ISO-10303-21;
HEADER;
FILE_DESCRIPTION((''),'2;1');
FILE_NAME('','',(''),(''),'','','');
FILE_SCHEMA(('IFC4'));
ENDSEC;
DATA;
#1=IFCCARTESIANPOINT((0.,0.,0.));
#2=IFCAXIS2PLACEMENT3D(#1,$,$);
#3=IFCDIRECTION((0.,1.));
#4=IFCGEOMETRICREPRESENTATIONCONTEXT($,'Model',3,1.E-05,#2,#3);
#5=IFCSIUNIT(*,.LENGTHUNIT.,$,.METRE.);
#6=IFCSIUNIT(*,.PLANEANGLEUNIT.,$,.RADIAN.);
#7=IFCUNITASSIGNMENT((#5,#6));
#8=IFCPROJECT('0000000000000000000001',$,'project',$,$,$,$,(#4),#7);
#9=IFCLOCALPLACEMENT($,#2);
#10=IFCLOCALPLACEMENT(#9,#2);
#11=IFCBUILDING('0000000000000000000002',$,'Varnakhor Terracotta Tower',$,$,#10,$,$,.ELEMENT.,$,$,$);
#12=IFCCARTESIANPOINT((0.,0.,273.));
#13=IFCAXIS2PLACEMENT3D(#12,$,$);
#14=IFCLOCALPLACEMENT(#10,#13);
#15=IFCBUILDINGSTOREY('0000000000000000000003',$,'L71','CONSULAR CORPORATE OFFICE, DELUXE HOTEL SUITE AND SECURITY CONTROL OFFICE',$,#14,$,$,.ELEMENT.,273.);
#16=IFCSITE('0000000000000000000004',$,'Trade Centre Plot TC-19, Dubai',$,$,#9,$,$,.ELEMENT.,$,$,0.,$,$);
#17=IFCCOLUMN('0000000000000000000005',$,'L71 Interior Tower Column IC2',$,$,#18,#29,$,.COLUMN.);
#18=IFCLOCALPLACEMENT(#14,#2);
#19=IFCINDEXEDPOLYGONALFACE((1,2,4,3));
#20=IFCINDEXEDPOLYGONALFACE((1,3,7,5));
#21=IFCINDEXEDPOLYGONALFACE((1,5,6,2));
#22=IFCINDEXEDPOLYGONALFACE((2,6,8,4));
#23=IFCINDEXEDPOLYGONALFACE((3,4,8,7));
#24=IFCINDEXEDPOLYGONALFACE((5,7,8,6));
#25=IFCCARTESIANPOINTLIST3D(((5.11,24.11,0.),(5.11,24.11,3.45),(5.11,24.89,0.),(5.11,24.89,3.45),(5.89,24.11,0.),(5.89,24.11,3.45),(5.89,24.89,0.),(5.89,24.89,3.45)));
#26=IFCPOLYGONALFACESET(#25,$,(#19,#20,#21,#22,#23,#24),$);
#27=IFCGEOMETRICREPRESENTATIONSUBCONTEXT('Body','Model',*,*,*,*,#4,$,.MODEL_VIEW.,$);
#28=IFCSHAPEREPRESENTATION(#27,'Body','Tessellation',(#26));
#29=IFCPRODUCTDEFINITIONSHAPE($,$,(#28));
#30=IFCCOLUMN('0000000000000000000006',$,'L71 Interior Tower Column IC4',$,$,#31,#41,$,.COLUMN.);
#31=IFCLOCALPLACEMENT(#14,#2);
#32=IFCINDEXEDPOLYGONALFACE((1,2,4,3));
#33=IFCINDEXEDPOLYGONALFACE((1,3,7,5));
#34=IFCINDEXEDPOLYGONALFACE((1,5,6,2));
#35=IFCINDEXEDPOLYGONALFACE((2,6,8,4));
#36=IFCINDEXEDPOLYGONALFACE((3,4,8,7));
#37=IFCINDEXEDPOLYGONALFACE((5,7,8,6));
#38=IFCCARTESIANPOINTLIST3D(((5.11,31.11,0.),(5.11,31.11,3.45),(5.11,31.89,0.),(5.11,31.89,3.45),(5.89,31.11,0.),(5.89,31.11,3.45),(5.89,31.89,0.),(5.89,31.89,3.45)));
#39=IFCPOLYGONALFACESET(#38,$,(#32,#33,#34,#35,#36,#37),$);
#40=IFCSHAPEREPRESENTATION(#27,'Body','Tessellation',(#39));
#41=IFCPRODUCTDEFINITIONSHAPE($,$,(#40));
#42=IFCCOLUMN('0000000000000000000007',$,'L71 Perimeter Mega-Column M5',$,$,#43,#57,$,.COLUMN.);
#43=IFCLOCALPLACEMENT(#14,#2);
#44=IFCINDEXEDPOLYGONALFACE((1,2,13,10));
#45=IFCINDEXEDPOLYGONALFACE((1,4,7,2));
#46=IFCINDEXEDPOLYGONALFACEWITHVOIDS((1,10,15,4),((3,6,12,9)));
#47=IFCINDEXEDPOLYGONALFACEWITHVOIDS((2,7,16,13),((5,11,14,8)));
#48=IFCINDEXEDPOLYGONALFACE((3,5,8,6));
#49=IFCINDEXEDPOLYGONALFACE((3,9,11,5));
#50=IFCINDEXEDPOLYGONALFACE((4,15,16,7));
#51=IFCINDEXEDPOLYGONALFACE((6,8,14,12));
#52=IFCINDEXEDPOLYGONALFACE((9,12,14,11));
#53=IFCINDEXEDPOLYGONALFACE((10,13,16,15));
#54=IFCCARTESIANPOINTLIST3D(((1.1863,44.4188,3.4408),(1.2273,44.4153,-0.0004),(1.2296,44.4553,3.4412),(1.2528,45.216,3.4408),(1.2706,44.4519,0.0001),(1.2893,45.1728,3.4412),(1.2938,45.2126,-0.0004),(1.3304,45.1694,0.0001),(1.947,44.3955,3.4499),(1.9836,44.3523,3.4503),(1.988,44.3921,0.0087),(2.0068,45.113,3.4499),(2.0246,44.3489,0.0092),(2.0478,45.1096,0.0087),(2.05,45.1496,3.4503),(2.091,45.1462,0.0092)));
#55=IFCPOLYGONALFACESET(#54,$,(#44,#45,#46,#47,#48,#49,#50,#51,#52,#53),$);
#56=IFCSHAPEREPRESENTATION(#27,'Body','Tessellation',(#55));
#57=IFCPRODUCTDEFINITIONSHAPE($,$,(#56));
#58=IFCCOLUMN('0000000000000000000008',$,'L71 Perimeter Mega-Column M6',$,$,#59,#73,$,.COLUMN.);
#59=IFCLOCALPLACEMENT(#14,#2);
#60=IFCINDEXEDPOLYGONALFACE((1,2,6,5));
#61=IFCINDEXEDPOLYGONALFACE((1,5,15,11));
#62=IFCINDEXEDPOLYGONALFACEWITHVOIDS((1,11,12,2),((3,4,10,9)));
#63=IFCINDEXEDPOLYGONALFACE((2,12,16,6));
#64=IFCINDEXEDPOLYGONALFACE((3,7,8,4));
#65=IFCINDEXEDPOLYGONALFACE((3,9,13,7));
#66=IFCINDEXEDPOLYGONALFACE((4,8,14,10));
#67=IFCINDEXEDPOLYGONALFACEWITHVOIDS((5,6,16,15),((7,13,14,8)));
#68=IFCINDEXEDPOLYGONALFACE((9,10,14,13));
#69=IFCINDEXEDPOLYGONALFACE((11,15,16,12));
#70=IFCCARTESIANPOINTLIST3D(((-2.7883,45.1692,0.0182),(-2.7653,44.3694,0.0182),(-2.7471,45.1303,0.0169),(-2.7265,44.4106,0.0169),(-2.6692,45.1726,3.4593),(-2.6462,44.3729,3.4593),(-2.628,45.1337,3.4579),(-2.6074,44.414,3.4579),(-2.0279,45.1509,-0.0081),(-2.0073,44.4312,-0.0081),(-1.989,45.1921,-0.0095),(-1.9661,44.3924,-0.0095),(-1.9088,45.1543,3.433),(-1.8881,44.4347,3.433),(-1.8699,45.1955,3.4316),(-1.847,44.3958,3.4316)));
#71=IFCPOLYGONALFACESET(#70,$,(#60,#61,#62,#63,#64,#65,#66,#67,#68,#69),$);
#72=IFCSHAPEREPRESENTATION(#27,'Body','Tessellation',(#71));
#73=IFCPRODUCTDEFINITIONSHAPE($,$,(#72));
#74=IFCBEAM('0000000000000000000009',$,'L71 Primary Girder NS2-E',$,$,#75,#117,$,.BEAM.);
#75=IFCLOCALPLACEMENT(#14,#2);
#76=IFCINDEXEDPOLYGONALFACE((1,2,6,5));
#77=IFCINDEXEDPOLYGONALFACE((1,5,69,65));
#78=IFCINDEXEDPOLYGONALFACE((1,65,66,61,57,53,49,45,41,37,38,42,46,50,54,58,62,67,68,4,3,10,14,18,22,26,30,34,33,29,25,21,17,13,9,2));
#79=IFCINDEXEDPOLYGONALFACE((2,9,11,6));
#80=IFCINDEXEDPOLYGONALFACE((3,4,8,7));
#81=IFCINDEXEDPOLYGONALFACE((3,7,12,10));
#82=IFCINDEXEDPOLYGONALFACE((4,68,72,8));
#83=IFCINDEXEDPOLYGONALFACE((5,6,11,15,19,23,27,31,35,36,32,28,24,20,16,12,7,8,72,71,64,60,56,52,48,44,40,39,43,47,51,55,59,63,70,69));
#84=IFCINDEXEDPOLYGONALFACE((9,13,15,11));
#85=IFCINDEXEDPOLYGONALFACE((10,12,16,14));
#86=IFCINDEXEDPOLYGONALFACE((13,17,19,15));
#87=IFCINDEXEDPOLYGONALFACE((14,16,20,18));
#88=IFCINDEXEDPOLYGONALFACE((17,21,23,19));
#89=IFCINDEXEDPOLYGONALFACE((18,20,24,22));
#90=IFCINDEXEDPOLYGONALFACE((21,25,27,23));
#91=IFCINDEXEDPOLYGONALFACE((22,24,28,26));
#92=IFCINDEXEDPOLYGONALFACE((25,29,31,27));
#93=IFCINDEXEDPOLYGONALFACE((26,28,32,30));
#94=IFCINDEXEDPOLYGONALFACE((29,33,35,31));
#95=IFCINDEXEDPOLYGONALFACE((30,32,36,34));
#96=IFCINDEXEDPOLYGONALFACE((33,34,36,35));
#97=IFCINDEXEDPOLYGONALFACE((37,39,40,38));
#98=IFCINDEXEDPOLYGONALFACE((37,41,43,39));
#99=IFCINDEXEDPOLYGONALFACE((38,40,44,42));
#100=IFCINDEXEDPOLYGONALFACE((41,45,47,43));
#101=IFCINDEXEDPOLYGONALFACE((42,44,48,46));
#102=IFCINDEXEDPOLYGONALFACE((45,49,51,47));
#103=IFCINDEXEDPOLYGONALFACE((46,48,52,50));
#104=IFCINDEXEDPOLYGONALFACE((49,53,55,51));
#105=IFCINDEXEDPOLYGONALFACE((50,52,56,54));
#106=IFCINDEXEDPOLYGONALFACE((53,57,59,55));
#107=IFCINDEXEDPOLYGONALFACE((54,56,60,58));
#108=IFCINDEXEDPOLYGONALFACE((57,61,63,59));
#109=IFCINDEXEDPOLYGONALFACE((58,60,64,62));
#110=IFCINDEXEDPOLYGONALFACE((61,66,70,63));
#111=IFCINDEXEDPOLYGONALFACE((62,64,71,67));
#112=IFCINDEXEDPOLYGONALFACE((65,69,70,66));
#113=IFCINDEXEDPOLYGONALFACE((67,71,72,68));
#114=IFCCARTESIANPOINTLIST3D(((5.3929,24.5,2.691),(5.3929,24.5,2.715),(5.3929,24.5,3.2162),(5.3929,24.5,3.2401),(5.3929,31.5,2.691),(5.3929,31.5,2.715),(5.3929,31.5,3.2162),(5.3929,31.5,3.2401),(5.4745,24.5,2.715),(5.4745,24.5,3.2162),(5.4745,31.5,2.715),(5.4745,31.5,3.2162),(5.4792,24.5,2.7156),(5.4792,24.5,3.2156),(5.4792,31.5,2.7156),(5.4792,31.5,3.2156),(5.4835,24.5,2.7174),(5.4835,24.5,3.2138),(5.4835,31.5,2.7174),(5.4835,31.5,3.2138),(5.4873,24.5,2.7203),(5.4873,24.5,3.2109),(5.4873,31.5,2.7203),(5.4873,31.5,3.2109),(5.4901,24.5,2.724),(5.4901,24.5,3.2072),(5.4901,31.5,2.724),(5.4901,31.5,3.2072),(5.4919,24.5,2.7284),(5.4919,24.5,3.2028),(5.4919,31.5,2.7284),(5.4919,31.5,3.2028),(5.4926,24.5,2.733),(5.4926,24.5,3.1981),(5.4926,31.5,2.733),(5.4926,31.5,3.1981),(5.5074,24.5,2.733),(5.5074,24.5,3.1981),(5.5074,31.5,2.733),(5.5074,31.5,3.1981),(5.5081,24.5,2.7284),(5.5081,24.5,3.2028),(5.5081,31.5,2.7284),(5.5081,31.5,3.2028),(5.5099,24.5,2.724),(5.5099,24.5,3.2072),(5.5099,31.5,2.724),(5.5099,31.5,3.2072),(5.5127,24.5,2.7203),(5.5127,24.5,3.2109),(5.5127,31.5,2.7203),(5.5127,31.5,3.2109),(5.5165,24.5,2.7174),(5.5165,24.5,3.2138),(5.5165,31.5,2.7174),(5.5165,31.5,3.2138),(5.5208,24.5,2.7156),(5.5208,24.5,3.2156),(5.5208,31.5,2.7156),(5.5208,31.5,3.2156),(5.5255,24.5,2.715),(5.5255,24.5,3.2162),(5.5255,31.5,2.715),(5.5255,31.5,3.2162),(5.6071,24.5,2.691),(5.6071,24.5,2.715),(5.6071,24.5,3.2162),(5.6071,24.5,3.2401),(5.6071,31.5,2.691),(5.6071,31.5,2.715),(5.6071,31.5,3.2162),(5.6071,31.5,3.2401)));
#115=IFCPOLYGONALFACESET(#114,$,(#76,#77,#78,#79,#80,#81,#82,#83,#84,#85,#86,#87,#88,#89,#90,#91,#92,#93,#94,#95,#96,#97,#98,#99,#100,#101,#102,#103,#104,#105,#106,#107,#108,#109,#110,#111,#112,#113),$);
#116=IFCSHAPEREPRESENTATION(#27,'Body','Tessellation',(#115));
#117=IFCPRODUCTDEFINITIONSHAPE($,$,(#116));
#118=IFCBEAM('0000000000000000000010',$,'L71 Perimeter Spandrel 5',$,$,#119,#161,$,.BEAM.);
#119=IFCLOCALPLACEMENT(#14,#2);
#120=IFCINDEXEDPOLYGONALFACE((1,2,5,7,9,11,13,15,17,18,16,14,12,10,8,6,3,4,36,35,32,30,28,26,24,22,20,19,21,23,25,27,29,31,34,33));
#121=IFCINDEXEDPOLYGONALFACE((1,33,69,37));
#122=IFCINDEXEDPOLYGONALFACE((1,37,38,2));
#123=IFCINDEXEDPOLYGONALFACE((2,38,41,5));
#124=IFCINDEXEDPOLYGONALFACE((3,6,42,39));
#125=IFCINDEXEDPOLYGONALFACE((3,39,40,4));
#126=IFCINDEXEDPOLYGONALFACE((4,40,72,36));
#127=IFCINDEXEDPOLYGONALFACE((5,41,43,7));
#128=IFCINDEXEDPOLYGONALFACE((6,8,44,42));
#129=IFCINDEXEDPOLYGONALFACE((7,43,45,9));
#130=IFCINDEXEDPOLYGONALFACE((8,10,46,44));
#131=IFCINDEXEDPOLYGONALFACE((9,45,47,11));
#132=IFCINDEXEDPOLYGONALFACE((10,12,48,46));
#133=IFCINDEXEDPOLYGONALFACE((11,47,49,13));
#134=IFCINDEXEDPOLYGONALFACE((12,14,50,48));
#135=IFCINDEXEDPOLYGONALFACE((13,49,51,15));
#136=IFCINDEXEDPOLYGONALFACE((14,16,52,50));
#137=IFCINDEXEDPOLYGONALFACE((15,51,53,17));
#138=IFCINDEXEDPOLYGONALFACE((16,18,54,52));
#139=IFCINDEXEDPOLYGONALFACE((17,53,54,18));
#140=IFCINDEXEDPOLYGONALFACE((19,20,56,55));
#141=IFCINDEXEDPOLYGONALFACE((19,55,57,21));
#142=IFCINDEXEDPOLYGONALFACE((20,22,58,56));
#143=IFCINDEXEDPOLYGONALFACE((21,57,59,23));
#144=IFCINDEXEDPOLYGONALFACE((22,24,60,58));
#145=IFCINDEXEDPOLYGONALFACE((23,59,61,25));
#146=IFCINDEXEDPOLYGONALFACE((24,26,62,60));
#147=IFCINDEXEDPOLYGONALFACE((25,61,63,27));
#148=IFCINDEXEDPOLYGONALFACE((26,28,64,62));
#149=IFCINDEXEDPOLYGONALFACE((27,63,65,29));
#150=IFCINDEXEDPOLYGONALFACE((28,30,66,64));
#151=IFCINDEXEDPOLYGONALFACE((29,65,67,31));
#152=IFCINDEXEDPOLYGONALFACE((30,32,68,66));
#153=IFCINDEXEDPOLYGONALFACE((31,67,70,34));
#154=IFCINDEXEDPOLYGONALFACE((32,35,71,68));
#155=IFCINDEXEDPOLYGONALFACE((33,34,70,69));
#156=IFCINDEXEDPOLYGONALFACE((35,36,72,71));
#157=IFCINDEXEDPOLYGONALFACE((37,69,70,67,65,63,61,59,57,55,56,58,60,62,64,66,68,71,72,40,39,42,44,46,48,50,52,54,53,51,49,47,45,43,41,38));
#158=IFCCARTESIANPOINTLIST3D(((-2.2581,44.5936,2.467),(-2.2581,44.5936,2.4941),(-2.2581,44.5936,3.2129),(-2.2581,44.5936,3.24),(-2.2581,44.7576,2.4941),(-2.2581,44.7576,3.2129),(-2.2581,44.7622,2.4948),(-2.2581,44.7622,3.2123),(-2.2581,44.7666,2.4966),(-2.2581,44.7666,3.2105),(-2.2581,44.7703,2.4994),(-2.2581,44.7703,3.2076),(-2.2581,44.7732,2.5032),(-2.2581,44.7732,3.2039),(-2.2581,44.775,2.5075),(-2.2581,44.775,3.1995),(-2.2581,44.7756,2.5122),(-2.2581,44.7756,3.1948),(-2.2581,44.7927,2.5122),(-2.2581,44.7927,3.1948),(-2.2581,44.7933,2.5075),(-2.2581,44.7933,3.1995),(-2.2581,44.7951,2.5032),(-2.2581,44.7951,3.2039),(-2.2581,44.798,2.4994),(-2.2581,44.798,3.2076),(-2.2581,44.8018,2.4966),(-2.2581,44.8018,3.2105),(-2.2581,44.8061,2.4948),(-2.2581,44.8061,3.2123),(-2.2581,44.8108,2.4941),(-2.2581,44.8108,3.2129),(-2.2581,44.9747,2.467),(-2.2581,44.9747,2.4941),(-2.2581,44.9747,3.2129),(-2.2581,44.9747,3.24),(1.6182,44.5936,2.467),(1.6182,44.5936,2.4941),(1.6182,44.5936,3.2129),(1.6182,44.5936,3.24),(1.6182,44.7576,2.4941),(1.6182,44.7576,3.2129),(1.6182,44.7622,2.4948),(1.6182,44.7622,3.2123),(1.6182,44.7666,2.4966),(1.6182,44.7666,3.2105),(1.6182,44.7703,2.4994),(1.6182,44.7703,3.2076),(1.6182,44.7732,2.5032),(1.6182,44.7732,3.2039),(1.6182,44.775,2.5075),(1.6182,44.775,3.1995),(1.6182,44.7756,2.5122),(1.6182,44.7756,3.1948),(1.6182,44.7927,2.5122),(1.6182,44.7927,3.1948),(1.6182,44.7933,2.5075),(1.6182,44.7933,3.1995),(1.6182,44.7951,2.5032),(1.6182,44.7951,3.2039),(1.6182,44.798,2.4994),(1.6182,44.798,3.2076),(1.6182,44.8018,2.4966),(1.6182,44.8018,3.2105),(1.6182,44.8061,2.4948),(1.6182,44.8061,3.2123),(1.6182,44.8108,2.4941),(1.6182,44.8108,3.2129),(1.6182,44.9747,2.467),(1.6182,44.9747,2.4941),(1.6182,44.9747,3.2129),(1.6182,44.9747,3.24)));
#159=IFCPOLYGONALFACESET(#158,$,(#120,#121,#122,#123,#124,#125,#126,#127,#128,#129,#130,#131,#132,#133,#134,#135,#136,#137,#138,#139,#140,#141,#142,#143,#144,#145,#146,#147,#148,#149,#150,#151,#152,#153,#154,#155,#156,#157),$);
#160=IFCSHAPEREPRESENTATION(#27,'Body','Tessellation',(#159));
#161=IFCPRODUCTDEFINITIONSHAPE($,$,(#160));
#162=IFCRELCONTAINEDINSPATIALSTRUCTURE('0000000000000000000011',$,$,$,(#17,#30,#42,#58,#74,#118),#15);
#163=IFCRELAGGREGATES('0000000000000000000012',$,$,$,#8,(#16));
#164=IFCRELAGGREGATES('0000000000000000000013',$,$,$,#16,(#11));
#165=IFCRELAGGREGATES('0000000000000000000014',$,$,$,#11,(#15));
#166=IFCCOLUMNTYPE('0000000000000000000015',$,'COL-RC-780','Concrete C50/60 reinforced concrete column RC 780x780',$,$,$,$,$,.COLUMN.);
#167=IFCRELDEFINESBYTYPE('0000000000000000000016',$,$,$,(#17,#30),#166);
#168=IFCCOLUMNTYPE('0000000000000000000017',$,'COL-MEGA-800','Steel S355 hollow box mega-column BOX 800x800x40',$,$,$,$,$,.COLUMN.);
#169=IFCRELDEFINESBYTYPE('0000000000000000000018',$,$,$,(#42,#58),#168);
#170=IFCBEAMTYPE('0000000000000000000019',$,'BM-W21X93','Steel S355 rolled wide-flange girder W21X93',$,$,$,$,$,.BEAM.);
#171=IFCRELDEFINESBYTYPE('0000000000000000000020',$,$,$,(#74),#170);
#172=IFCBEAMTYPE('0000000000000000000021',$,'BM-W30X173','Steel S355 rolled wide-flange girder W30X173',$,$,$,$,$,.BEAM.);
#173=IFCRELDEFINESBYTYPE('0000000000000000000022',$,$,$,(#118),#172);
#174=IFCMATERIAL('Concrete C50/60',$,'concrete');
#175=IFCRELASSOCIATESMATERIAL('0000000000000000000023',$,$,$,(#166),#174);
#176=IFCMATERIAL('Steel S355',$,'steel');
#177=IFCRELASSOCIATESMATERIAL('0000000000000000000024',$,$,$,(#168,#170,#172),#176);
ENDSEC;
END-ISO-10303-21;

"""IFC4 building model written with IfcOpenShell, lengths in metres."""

from ifc_helpers import new_model, si_unit, direction, frame, origin, origin_2d, place, context, subcontext, project, spatial, rectangle, hollow_rectangle, i_section, extrude, source, transform, mapped, material, material_profile, profile_set, type_object, type_shapes, element, save


model = new_model("IFC4")

# Units and contexts
model_context = context("Model", 3, precision=1e-05, world=origin(), true_north=direction((0.0, 1.0)))
body_context = subcontext(model_context, "Body", "Model", "MODEL_VIEW")
ifc_project = project(units=[si_unit("LENGTHUNIT", "METRE"), si_unit("PLANEANGLEUNIT", "RADIAN")], contexts=[model_context])

# Site, building, storey
site_placement = place(None, origin())
site = spatial("IfcSite", under=ifc_project, at=site_placement, Name="Trade Centre Plot TC-19, Dubai", CompositionType="ELEMENT", RefElevation=0.0)
building_placement = place(site_placement, origin())
building = spatial("IfcBuilding", under=site, at=building_placement, Name="Varnakhor Terracotta Tower", CompositionType="ELEMENT")
storey_placement = place(building_placement, frame((0.0, 0.0, 273.0)))
storey = spatial("IfcBuildingStorey", under=building, at=storey_placement, Name="L71", Description="CONSULAR CORPORATE OFFICE, DELUXE HOTEL SUITE AND SECURITY CONTROL OFFICE", CompositionType="ELEMENT", Elevation=273.0)

# Columns
ifc_material_1 = material(Name="Concrete C50/60", Category="concrete")
ifc_material_profile_1 = material_profile(ifc_material_1, rectangle(XDim=0.78, YDim=0.78, at=origin_2d()), Name="RC 780x780")
ifc_profile_set_1 = profile_set([ifc_material_profile_1], Name="Concrete C50/60")
column_type_1 = type_object("IfcColumnType", Name="COL-RC-780", Description="Concrete C50/60 reinforced concrete column RC 780x780", PredefinedType="COLUMN", material=ifc_profile_set_1)
shared_shape_1 = source(origin(), body_context, "Body", "SweptSolid", [
    extrude(rectangle(XDim=0.78, YDim=0.78, at=origin_2d()), origin(), (0.0, 0.0, 1.0), 3.45),
])
for number, where, z_axis, x_axis, name in (
    (1, (5.5, 24.5, 0.0), (0.0, 0.0, 1.0), (1.0, 0.0, 0.0), "L71 Interior Tower Column IC2"),
    (2, (5.5, 31.5, 0.0), (0.0, 0.0, 1.0), (1.0, 0.0, 0.0), "L71 Interior Tower Column IC4"),
):
    element("IfcColumn", number, at=place(storey_placement, frame(where, z_axis=z_axis, x_axis=x_axis)), inside=storey, type_object=column_type_1, Name=name, PredefinedType="COLUMN", context=body_context, shape_type="MappedRepresentation", body=[
        mapped(shared_shape_1, transform((0.0, 0.0, 0.0), scale=1.0)),
    ])
ifc_material_2 = material(Name="Steel S355", Category="steel")
ifc_material_profile_2 = material_profile(ifc_material_2, hollow_rectangle(XDim=0.8, YDim=0.8, WallThickness=0.04, at=origin_2d()), Name="BOX 800x800x40")
ifc_profile_set_2 = profile_set([ifc_material_profile_2], Name="Steel S355")
column_type_2 = type_object("IfcColumnType", Name="COL-MEGA-800", Description="Steel S355 hollow box mega-column BOX 800x800x40", PredefinedType="COLUMN", material=ifc_profile_set_2)
shared_shape_2 = source(origin(), body_context, "Body", "SweptSolid", [
    extrude(hollow_rectangle(XDim=0.8, YDim=0.8, WallThickness=0.04, at=origin_2d()), origin(), (0.0, 0.0, 1.0), 3.4414),
])
type_shapes(column_type_2, [shared_shape_2])
column_1_placement = place(storey_placement, frame((1.6592, 44.7808, 0.0044), z_axis=(-0.011918, 0.000993, 0.999928), x_axis=(-0.083045, -0.996546, 0.0)))
element("IfcColumn", 3, at=column_1_placement, inside=storey, type_object=column_type_2, Name="L71 Perimeter Mega-Column M5", PredefinedType="COLUMN", context=body_context, shape_type="MappedRepresentation", body=[
    mapped(shared_shape_2, transform((0.0, 0.0, 0.0), scale=1.0)),
])
shared_shape_3 = source(origin(), body_context, "Body", "SweptSolid", [
    extrude(hollow_rectangle(XDim=0.8, YDim=0.8, WallThickness=0.04, at=origin_2d()), origin(), (0.0, 0.0, 1.0), 3.4431),
])
column_2_placement = place(storey_placement, frame((-2.3772, 44.7808, 0.0044), z_axis=(0.034601, 0.000993, 0.999401), x_axis=(-0.028677, 0.999589, 0.0)))
element("IfcColumn", 4, at=column_2_placement, inside=storey, type_object=column_type_2, Name="L71 Perimeter Mega-Column M6", PredefinedType="COLUMN", context=body_context, shape_type="MappedRepresentation", body=[
    mapped(shared_shape_3, transform((0.0, 0.0, 0.0), scale=1.0)),
])

# Beams
ifc_material_profile_3 = material_profile(ifc_material_2, i_section(OverallWidth=0.2141, OverallDepth=0.5491, WebThickness=0.0149, FlangeThickness=0.0239, FilletRadius=0.0181, at=origin_2d()), Name="W21X93")
ifc_profile_set_3 = profile_set([ifc_material_profile_3], Name="Steel S355")
beam_type_1 = type_object("IfcBeamType", Name="BM-W21X93", Description="Steel S355 rolled wide-flange girder W21X93", PredefinedType="BEAM", material=ifc_profile_set_3)
shared_shape_4 = source(origin(), body_context, "Body", "SweptSolid", [
    extrude(i_section(OverallWidth=0.2141, OverallDepth=0.5491, WebThickness=0.0149, FlangeThickness=0.0239, FilletRadius=0.0181, at=origin_2d()), origin(), (0.0, 0.0, 1.0), 7.0),
])
beam_1_placement = place(storey_placement, frame((5.5, 24.5, 2.9656), z_axis=(0.0, 1.0, 0.0), x_axis=(-1.0, 0.0, 0.0)))
element("IfcBeam", 5, at=beam_1_placement, inside=storey, type_object=beam_type_1, Name="L71 Primary Girder NS2-E", PredefinedType="BEAM", context=body_context, shape_type="MappedRepresentation", body=[
    mapped(shared_shape_4, transform((0.0, 0.0, 0.0), scale=1.0)),
])
ifc_material_profile_4 = material_profile(ifc_material_2, i_section(OverallWidth=0.3811, OverallDepth=0.7729, WebThickness=0.0171, FlangeThickness=0.0271, FilletRadius=0.0181, at=origin_2d()), Name="W30X173")
ifc_profile_set_4 = profile_set([ifc_material_profile_4], Name="Steel S355")
beam_type_2 = type_object("IfcBeamType", Name="BM-W30X173", Description="Steel S355 rolled wide-flange girder W30X173", PredefinedType="BEAM", material=ifc_profile_set_4)
shared_shape_5 = source(origin(), body_context, "Body", "SweptSolid", [
    extrude(i_section(OverallWidth=0.3811, OverallDepth=0.7729, WebThickness=0.0171, FlangeThickness=0.0271, FilletRadius=0.0181, at=origin_2d()), origin(), (0.0, 0.0, 1.0), 3.8762),
])
beam_2_placement = place(storey_placement, frame((1.6182, 44.7842, 2.8535), z_axis=(-1.0, 0.0, 0.0), x_axis=(0.0, -1.0, 0.0)))
element("IfcBeam", 6, at=beam_2_placement, inside=storey, type_object=beam_type_2, Name="L71 Perimeter Spandrel 5", PredefinedType="BEAM", context=body_context, shape_type="MappedRepresentation", body=[
    mapped(shared_shape_5, transform((0.0, 0.0, 0.0), scale=1.0)),
])

save(model, "model.ifc")
